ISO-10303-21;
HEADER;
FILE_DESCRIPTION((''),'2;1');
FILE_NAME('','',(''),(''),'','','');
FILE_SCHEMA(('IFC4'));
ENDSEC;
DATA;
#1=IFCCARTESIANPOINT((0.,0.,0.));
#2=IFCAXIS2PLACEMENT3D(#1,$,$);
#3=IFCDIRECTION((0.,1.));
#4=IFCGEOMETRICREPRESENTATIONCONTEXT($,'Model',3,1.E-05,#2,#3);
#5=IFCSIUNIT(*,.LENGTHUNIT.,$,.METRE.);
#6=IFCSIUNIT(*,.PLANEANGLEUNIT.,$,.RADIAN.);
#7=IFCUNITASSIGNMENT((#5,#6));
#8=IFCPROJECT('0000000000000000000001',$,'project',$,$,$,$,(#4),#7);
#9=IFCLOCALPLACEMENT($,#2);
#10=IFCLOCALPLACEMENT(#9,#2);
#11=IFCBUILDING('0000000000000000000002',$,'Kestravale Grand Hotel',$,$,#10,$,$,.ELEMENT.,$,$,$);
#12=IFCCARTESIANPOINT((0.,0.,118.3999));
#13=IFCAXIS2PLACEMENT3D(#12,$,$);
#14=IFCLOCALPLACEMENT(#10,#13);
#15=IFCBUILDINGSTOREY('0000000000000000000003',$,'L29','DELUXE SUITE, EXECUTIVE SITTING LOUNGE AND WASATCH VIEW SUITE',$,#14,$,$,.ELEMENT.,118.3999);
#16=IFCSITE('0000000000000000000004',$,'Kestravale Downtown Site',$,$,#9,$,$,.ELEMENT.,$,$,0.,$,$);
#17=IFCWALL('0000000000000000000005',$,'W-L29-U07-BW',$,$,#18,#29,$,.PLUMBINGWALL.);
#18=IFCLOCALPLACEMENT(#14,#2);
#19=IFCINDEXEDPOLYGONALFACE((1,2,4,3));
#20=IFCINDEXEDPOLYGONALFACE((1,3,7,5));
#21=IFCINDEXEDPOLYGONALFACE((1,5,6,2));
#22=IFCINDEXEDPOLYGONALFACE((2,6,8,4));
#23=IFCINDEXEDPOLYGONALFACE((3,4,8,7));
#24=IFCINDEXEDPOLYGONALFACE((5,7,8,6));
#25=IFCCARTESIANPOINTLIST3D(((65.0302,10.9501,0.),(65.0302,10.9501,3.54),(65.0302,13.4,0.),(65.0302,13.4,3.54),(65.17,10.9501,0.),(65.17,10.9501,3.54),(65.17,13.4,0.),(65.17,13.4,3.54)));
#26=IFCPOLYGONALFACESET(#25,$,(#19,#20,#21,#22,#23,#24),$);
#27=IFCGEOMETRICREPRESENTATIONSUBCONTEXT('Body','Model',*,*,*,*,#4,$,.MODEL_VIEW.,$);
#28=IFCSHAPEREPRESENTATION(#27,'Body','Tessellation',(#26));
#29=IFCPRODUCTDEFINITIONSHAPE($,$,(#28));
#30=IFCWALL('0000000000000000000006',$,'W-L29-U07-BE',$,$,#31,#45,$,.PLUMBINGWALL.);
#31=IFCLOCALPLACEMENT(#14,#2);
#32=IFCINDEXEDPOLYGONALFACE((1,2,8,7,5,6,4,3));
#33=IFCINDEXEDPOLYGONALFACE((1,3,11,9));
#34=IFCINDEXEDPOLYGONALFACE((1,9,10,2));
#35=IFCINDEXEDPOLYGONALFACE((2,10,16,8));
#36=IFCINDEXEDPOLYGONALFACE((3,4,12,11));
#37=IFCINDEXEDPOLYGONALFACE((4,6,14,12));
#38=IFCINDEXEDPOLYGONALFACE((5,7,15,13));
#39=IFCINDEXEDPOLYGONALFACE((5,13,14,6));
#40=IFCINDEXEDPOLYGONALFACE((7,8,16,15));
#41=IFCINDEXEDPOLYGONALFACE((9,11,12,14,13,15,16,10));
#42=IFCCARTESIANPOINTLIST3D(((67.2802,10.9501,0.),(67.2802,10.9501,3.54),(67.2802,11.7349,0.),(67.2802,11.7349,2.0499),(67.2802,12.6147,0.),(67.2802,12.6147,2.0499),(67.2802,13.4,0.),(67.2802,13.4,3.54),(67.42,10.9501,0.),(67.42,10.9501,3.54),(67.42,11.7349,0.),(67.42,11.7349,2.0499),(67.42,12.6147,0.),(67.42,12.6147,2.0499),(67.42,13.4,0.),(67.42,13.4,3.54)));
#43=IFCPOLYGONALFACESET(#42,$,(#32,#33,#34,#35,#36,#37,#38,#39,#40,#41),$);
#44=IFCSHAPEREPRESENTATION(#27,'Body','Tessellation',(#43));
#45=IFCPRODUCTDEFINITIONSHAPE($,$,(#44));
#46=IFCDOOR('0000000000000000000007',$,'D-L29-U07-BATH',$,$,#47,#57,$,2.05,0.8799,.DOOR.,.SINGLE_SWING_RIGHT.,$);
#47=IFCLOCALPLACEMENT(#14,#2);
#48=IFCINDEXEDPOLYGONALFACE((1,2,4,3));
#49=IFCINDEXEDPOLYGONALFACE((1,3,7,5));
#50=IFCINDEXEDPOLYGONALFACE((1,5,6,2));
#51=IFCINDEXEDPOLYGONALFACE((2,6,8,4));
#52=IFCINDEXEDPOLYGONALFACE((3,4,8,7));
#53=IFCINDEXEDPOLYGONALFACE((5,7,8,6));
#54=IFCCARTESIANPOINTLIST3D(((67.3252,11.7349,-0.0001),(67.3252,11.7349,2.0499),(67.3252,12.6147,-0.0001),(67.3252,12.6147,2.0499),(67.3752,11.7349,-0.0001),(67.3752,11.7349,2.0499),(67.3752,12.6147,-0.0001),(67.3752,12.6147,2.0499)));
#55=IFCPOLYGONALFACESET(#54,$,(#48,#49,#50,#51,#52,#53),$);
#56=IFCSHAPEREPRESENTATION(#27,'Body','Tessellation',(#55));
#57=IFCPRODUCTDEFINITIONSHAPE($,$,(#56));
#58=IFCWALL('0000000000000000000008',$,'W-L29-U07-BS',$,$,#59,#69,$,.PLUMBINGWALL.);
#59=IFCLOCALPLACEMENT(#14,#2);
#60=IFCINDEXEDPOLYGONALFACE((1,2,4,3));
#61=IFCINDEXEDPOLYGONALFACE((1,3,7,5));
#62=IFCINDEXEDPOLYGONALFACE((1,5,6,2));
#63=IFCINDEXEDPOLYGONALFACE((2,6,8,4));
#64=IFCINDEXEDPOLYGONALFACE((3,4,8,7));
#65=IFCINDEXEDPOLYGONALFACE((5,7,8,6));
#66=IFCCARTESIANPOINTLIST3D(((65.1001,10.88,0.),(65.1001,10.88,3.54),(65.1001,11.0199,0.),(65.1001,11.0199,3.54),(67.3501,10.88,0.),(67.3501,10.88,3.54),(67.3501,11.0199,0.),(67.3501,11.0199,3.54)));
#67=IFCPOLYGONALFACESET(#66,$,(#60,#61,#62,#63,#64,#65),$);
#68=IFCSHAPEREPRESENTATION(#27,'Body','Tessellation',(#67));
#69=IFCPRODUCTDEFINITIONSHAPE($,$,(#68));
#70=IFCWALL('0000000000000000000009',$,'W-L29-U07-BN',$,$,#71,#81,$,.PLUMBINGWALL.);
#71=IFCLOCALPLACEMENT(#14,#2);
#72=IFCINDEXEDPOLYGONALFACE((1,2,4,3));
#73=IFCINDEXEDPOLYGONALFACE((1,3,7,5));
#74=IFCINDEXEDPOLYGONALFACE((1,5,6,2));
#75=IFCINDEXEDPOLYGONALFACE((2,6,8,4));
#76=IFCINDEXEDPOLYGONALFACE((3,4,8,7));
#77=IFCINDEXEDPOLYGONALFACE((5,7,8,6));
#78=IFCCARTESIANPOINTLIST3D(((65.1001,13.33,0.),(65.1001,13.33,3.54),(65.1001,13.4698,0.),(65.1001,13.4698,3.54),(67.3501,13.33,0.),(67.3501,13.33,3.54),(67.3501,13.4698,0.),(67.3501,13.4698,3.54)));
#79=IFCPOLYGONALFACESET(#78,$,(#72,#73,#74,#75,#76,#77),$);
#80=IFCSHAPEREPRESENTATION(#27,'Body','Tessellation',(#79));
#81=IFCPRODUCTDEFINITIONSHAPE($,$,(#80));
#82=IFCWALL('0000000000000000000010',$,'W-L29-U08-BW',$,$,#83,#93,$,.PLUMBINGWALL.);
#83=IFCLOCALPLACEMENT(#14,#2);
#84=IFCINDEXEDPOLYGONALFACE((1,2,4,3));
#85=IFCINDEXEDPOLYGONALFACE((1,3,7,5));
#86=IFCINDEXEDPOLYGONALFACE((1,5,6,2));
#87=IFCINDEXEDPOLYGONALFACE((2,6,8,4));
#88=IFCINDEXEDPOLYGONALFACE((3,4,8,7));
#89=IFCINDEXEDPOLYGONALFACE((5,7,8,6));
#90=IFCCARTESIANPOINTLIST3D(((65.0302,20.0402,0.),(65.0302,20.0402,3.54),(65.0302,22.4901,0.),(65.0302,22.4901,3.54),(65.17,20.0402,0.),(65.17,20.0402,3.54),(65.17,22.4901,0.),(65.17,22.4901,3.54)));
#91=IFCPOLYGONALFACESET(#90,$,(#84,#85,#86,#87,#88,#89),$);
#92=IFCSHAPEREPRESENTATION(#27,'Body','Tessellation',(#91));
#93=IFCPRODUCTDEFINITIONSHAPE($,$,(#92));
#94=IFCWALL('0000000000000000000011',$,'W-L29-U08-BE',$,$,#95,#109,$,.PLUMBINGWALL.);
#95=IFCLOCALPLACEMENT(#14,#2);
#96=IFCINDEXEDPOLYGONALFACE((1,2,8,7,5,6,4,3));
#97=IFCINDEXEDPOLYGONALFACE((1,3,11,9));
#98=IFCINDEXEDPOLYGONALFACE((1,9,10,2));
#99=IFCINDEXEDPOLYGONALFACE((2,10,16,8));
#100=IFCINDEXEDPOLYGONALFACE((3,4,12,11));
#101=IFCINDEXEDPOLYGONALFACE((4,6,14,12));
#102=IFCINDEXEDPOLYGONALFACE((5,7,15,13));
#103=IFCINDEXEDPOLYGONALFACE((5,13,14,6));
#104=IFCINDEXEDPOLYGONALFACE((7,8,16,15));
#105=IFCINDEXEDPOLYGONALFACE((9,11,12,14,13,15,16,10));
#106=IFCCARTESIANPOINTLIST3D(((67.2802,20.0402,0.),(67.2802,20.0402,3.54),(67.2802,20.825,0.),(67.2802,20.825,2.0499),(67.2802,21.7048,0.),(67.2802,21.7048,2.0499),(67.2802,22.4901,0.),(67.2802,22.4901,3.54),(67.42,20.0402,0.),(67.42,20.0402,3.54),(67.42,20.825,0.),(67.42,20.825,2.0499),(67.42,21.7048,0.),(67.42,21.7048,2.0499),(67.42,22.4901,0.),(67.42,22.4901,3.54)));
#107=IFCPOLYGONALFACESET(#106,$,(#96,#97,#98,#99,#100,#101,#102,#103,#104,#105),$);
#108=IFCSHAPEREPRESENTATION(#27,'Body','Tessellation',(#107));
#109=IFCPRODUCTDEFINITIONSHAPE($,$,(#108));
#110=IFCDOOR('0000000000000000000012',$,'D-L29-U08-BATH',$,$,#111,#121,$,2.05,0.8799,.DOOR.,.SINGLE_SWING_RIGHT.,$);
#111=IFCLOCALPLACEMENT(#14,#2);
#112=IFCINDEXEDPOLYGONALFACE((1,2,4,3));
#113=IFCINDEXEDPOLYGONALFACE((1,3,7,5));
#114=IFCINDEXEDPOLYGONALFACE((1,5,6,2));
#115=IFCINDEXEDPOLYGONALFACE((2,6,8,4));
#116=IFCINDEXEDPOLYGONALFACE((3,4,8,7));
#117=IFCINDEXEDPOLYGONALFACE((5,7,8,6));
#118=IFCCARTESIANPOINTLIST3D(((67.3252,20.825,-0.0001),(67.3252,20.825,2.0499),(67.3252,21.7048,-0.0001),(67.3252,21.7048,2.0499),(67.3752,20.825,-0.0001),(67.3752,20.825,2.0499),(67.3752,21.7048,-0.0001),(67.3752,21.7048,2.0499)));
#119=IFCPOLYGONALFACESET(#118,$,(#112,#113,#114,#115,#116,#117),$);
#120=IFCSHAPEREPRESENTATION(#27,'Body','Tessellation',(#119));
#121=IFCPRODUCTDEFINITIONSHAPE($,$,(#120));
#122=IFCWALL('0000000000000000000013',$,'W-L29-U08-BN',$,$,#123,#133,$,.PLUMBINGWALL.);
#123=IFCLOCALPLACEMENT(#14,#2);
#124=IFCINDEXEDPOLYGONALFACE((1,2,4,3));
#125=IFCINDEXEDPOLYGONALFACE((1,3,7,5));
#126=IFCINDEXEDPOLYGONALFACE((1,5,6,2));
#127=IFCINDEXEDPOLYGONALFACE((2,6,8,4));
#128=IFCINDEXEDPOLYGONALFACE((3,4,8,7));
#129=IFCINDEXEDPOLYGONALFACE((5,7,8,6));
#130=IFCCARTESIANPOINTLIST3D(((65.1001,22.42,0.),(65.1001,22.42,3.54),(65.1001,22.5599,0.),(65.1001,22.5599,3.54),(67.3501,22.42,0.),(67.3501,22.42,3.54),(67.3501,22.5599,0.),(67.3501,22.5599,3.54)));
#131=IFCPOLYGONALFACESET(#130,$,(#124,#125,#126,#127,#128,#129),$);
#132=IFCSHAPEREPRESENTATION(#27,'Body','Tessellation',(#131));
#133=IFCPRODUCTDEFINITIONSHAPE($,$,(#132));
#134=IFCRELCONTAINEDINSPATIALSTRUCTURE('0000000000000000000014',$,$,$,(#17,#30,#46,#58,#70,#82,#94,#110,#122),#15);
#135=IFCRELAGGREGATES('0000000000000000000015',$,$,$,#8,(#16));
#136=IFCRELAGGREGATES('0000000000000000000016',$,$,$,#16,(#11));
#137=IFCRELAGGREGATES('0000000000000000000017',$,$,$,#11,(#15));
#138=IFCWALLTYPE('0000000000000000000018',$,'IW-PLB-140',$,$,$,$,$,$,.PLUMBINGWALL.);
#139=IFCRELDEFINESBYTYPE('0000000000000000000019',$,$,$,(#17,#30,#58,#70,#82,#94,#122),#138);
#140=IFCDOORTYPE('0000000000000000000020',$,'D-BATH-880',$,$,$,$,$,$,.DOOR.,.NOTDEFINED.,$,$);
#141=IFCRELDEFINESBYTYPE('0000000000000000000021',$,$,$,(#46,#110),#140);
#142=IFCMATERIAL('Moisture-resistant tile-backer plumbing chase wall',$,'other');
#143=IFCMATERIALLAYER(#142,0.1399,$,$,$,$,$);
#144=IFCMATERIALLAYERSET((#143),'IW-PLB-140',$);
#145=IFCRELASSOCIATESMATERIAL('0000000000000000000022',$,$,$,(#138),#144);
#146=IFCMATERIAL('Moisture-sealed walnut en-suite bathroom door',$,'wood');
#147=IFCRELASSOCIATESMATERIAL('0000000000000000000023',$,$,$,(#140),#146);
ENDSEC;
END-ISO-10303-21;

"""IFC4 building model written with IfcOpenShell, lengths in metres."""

from ifc_helpers import new_model, si_unit, direction, frame, frame_2d, origin, place, context, subcontext, project, spatial, rectangle, extrude, material, layer, layer_set, type_object, element, fill, save


model = new_model("IFC4")

# Units and contexts
model_context = context("Model", 3, precision=1e-05, world=origin(), true_north=direction((0.0, 1.0)))
body_context = subcontext(model_context, "Body", "Model", "MODEL_VIEW")
ifc_project = project(units=[si_unit("LENGTHUNIT", "METRE"), si_unit("PLANEANGLEUNIT", "RADIAN")], contexts=[model_context])

# Site, building, storey
site_placement = place(None, origin())
site = spatial("IfcSite", under=ifc_project, at=site_placement, Name="Kestravale Downtown Site", CompositionType="ELEMENT", RefElevation=0.0)
building_placement = place(site_placement, origin())
building = spatial("IfcBuilding", under=site, at=building_placement, Name="Kestravale Grand Hotel", CompositionType="ELEMENT")
storey_placement = place(building_placement, frame((0.0, 0.0, 118.3999)))
storey = spatial("IfcBuildingStorey", under=building, at=storey_placement, Name="L29", Description="DELUXE SUITE, EXECUTIVE SITTING LOUNGE AND WASATCH VIEW SUITE", CompositionType="ELEMENT", Elevation=118.3999)

# Wall
ifc_material_1 = material(Name="Moisture-resistant tile-backer plumbing chase wall", Category="other")
ifc_layer_1 = layer(ifc_material_1, 0.1399)
ifc_layer_set_1 = layer_set([ifc_layer_1], Name="IW-PLB-140")
wall_type_1 = type_object("IfcWallType", Name="IW-PLB-140", PredefinedType="PLUMBINGWALL", material=ifc_layer_set_1)
wall_1_placement = place(storey_placement, frame((65.1001, 10.95, 0.0), z_axis=(0.0, 0.0, 1.0), x_axis=(0.0, 1.0, 0.0)))
element("IfcWall", 1, at=wall_1_placement, inside=storey, type_object=wall_type_1, Name="W-L29-U07-BW", PredefinedType="PLUMBINGWALL", context=body_context, shape_type="SweptSolid", body=[
    extrude(rectangle(XDim=2.45, YDim=0.1399, at=frame_2d((1.2251, 0.0))), origin(), (0.0, 0.0, 1.0), 3.54),
])

# Wall, opening, door
wall_2_placement = place(storey_placement, frame((67.3501, 10.95, 0.0), z_axis=(0.0, 0.0, 1.0), x_axis=(0.0, 1.0, 0.0)))
wall_2 = element("IfcWall", 2, at=wall_2_placement, inside=storey, type_object=wall_type_1, Name="W-L29-U07-BE", PredefinedType="PLUMBINGWALL", context=body_context, shape_type="SweptSolid", body=[
    extrude(rectangle(XDim=2.45, YDim=0.1399, at=frame_2d((1.2251, 0.0))), origin(), (0.0, 0.0, 1.0), 3.54),
])
opening_1_placement = place(wall_2_placement, frame((0.7849, 0.0, 0.0)))
opening_1 = element("IfcOpeningElement", 3, at=opening_1_placement, cuts=wall_2, PredefinedType="OPENING", context=body_context, shape_type="SweptSolid", body=[
    extrude(rectangle(XDim=0.8799, YDim=2.05, at=frame_2d((0.4399, 1.0249))), frame((0.0, 0.0798, 0.0), z_axis=(0.0, -1.0, 0.0), x_axis=(1.0, 0.0, 0.0)), (0.0, 0.0, 1.0), 0.1599),
])
ifc_material_2 = material(Name="Moisture-sealed walnut en-suite bathroom door", Category="wood")
door_type = type_object("IfcDoorType", Name="D-BATH-880", OperationType="NOTDEFINED", PredefinedType="DOOR", material=ifc_material_2)
door_1_placement = place(opening_1_placement, origin())
door_1 = element("IfcDoor", 4, at=door_1_placement, inside=storey, type_object=door_type, Name="D-L29-U07-BATH", OperationType="SINGLE_SWING_RIGHT", OverallHeight=2.05, OverallWidth=0.8799, PredefinedType="DOOR", context=body_context, shape_type="SweptSolid", body=[
    extrude(rectangle(XDim=0.8799, YDim=2.05, at=frame_2d((0.4399, 1.0249))), frame((0.0, 0.0249, 0.0), z_axis=(0.0, -1.0, 0.0), x_axis=(1.0, 0.0, 0.0)), (0.0, 0.0, 1.0), 0.05),
])
fill(opening_1, door_1)

# Walls
for number, where, z_axis, x_axis, name in (
    (5, (65.1001, 10.95, 0.0), (0.0, 0.0, 1.0), (1.0, 0.0, 0.0), "W-L29-U07-BS"),
    (6, (65.1001, 13.3999, 0.0), (0.0, 0.0, 1.0), (1.0, 0.0, 0.0), "W-L29-U07-BN"),
):
    element("IfcWall", number, at=place(storey_placement, frame(where, z_axis=z_axis, x_axis=x_axis)), inside=storey, type_object=wall_type_1, Name=name, PredefinedType="PLUMBINGWALL", context=body_context, shape_type="SweptSolid", body=[
        extrude(rectangle(XDim=2.25, YDim=0.1399, at=frame_2d((1.125, 0.0))), origin(), (0.0, 0.0, 1.0), 3.54),
    ])
wall_3_placement = place(storey_placement, frame((65.1001, 20.04, 0.0), z_axis=(0.0, 0.0, 1.0), x_axis=(0.0, 1.0, 0.0)))
element("IfcWall", 7, at=wall_3_placement, inside=storey, type_object=wall_type_1, Name="W-L29-U08-BW", PredefinedType="PLUMBINGWALL", context=body_context, shape_type="SweptSolid", body=[
    extrude(rectangle(XDim=2.45, YDim=0.1399, at=frame_2d((1.2251, 0.0))), origin(), (0.0, 0.0, 1.0), 3.54),
])

# Wall, opening, door
wall_4_placement = place(storey_placement, frame((67.3501, 20.04, 0.0), z_axis=(0.0, 0.0, 1.0), x_axis=(0.0, 1.0, 0.0)))
wall_4 = element("IfcWall", 8, at=wall_4_placement, inside=storey, type_object=wall_type_1, Name="W-L29-U08-BE", PredefinedType="PLUMBINGWALL", context=body_context, shape_type="SweptSolid", body=[
    extrude(rectangle(XDim=2.45, YDim=0.1399, at=frame_2d((1.2251, 0.0))), origin(), (0.0, 0.0, 1.0), 3.54),
])
opening_2_placement = place(wall_4_placement, frame((0.7849, 0.0, 0.0)))
opening_2 = element("IfcOpeningElement", 9, at=opening_2_placement, cuts=wall_4, PredefinedType="OPENING", context=body_context, shape_type="SweptSolid", body=[
    extrude(rectangle(XDim=0.8799, YDim=2.05, at=frame_2d((0.4399, 1.0249))), frame((0.0, 0.0798, 0.0), z_axis=(0.0, -1.0, 0.0), x_axis=(1.0, 0.0, 0.0)), (0.0, 0.0, 1.0), 0.1599),
])
door_2_placement = place(opening_2_placement, origin())
door_2 = element("IfcDoor", 10, at=door_2_placement, inside=storey, type_object=door_type, Name="D-L29-U08-BATH", OperationType="SINGLE_SWING_RIGHT", OverallHeight=2.05, OverallWidth=0.8799, PredefinedType="DOOR", context=body_context, shape_type="SweptSolid", body=[
    extrude(rectangle(XDim=0.8799, YDim=2.05, at=frame_2d((0.4399, 1.0249))), frame((0.0, 0.0249, 0.0), z_axis=(0.0, -1.0, 0.0), x_axis=(1.0, 0.0, 0.0)), (0.0, 0.0, 1.0), 0.05),
])
fill(opening_2, door_2)

# Wall
wall_5_placement = place(storey_placement, frame((65.1001, 22.49, 0.0), z_axis=(0.0, 0.0, 1.0), x_axis=(1.0, 0.0, 0.0)))
element("IfcWall", 11, at=wall_5_placement, inside=storey, type_object=wall_type_1, Name="W-L29-U08-BN", PredefinedType="PLUMBINGWALL", context=body_context, shape_type="SweptSolid", body=[
    extrude(rectangle(XDim=2.25, YDim=0.1399, at=frame_2d((1.125, 0.0))), origin(), (0.0, 0.0, 1.0), 3.54),
])

save(model, "model.ifc")
